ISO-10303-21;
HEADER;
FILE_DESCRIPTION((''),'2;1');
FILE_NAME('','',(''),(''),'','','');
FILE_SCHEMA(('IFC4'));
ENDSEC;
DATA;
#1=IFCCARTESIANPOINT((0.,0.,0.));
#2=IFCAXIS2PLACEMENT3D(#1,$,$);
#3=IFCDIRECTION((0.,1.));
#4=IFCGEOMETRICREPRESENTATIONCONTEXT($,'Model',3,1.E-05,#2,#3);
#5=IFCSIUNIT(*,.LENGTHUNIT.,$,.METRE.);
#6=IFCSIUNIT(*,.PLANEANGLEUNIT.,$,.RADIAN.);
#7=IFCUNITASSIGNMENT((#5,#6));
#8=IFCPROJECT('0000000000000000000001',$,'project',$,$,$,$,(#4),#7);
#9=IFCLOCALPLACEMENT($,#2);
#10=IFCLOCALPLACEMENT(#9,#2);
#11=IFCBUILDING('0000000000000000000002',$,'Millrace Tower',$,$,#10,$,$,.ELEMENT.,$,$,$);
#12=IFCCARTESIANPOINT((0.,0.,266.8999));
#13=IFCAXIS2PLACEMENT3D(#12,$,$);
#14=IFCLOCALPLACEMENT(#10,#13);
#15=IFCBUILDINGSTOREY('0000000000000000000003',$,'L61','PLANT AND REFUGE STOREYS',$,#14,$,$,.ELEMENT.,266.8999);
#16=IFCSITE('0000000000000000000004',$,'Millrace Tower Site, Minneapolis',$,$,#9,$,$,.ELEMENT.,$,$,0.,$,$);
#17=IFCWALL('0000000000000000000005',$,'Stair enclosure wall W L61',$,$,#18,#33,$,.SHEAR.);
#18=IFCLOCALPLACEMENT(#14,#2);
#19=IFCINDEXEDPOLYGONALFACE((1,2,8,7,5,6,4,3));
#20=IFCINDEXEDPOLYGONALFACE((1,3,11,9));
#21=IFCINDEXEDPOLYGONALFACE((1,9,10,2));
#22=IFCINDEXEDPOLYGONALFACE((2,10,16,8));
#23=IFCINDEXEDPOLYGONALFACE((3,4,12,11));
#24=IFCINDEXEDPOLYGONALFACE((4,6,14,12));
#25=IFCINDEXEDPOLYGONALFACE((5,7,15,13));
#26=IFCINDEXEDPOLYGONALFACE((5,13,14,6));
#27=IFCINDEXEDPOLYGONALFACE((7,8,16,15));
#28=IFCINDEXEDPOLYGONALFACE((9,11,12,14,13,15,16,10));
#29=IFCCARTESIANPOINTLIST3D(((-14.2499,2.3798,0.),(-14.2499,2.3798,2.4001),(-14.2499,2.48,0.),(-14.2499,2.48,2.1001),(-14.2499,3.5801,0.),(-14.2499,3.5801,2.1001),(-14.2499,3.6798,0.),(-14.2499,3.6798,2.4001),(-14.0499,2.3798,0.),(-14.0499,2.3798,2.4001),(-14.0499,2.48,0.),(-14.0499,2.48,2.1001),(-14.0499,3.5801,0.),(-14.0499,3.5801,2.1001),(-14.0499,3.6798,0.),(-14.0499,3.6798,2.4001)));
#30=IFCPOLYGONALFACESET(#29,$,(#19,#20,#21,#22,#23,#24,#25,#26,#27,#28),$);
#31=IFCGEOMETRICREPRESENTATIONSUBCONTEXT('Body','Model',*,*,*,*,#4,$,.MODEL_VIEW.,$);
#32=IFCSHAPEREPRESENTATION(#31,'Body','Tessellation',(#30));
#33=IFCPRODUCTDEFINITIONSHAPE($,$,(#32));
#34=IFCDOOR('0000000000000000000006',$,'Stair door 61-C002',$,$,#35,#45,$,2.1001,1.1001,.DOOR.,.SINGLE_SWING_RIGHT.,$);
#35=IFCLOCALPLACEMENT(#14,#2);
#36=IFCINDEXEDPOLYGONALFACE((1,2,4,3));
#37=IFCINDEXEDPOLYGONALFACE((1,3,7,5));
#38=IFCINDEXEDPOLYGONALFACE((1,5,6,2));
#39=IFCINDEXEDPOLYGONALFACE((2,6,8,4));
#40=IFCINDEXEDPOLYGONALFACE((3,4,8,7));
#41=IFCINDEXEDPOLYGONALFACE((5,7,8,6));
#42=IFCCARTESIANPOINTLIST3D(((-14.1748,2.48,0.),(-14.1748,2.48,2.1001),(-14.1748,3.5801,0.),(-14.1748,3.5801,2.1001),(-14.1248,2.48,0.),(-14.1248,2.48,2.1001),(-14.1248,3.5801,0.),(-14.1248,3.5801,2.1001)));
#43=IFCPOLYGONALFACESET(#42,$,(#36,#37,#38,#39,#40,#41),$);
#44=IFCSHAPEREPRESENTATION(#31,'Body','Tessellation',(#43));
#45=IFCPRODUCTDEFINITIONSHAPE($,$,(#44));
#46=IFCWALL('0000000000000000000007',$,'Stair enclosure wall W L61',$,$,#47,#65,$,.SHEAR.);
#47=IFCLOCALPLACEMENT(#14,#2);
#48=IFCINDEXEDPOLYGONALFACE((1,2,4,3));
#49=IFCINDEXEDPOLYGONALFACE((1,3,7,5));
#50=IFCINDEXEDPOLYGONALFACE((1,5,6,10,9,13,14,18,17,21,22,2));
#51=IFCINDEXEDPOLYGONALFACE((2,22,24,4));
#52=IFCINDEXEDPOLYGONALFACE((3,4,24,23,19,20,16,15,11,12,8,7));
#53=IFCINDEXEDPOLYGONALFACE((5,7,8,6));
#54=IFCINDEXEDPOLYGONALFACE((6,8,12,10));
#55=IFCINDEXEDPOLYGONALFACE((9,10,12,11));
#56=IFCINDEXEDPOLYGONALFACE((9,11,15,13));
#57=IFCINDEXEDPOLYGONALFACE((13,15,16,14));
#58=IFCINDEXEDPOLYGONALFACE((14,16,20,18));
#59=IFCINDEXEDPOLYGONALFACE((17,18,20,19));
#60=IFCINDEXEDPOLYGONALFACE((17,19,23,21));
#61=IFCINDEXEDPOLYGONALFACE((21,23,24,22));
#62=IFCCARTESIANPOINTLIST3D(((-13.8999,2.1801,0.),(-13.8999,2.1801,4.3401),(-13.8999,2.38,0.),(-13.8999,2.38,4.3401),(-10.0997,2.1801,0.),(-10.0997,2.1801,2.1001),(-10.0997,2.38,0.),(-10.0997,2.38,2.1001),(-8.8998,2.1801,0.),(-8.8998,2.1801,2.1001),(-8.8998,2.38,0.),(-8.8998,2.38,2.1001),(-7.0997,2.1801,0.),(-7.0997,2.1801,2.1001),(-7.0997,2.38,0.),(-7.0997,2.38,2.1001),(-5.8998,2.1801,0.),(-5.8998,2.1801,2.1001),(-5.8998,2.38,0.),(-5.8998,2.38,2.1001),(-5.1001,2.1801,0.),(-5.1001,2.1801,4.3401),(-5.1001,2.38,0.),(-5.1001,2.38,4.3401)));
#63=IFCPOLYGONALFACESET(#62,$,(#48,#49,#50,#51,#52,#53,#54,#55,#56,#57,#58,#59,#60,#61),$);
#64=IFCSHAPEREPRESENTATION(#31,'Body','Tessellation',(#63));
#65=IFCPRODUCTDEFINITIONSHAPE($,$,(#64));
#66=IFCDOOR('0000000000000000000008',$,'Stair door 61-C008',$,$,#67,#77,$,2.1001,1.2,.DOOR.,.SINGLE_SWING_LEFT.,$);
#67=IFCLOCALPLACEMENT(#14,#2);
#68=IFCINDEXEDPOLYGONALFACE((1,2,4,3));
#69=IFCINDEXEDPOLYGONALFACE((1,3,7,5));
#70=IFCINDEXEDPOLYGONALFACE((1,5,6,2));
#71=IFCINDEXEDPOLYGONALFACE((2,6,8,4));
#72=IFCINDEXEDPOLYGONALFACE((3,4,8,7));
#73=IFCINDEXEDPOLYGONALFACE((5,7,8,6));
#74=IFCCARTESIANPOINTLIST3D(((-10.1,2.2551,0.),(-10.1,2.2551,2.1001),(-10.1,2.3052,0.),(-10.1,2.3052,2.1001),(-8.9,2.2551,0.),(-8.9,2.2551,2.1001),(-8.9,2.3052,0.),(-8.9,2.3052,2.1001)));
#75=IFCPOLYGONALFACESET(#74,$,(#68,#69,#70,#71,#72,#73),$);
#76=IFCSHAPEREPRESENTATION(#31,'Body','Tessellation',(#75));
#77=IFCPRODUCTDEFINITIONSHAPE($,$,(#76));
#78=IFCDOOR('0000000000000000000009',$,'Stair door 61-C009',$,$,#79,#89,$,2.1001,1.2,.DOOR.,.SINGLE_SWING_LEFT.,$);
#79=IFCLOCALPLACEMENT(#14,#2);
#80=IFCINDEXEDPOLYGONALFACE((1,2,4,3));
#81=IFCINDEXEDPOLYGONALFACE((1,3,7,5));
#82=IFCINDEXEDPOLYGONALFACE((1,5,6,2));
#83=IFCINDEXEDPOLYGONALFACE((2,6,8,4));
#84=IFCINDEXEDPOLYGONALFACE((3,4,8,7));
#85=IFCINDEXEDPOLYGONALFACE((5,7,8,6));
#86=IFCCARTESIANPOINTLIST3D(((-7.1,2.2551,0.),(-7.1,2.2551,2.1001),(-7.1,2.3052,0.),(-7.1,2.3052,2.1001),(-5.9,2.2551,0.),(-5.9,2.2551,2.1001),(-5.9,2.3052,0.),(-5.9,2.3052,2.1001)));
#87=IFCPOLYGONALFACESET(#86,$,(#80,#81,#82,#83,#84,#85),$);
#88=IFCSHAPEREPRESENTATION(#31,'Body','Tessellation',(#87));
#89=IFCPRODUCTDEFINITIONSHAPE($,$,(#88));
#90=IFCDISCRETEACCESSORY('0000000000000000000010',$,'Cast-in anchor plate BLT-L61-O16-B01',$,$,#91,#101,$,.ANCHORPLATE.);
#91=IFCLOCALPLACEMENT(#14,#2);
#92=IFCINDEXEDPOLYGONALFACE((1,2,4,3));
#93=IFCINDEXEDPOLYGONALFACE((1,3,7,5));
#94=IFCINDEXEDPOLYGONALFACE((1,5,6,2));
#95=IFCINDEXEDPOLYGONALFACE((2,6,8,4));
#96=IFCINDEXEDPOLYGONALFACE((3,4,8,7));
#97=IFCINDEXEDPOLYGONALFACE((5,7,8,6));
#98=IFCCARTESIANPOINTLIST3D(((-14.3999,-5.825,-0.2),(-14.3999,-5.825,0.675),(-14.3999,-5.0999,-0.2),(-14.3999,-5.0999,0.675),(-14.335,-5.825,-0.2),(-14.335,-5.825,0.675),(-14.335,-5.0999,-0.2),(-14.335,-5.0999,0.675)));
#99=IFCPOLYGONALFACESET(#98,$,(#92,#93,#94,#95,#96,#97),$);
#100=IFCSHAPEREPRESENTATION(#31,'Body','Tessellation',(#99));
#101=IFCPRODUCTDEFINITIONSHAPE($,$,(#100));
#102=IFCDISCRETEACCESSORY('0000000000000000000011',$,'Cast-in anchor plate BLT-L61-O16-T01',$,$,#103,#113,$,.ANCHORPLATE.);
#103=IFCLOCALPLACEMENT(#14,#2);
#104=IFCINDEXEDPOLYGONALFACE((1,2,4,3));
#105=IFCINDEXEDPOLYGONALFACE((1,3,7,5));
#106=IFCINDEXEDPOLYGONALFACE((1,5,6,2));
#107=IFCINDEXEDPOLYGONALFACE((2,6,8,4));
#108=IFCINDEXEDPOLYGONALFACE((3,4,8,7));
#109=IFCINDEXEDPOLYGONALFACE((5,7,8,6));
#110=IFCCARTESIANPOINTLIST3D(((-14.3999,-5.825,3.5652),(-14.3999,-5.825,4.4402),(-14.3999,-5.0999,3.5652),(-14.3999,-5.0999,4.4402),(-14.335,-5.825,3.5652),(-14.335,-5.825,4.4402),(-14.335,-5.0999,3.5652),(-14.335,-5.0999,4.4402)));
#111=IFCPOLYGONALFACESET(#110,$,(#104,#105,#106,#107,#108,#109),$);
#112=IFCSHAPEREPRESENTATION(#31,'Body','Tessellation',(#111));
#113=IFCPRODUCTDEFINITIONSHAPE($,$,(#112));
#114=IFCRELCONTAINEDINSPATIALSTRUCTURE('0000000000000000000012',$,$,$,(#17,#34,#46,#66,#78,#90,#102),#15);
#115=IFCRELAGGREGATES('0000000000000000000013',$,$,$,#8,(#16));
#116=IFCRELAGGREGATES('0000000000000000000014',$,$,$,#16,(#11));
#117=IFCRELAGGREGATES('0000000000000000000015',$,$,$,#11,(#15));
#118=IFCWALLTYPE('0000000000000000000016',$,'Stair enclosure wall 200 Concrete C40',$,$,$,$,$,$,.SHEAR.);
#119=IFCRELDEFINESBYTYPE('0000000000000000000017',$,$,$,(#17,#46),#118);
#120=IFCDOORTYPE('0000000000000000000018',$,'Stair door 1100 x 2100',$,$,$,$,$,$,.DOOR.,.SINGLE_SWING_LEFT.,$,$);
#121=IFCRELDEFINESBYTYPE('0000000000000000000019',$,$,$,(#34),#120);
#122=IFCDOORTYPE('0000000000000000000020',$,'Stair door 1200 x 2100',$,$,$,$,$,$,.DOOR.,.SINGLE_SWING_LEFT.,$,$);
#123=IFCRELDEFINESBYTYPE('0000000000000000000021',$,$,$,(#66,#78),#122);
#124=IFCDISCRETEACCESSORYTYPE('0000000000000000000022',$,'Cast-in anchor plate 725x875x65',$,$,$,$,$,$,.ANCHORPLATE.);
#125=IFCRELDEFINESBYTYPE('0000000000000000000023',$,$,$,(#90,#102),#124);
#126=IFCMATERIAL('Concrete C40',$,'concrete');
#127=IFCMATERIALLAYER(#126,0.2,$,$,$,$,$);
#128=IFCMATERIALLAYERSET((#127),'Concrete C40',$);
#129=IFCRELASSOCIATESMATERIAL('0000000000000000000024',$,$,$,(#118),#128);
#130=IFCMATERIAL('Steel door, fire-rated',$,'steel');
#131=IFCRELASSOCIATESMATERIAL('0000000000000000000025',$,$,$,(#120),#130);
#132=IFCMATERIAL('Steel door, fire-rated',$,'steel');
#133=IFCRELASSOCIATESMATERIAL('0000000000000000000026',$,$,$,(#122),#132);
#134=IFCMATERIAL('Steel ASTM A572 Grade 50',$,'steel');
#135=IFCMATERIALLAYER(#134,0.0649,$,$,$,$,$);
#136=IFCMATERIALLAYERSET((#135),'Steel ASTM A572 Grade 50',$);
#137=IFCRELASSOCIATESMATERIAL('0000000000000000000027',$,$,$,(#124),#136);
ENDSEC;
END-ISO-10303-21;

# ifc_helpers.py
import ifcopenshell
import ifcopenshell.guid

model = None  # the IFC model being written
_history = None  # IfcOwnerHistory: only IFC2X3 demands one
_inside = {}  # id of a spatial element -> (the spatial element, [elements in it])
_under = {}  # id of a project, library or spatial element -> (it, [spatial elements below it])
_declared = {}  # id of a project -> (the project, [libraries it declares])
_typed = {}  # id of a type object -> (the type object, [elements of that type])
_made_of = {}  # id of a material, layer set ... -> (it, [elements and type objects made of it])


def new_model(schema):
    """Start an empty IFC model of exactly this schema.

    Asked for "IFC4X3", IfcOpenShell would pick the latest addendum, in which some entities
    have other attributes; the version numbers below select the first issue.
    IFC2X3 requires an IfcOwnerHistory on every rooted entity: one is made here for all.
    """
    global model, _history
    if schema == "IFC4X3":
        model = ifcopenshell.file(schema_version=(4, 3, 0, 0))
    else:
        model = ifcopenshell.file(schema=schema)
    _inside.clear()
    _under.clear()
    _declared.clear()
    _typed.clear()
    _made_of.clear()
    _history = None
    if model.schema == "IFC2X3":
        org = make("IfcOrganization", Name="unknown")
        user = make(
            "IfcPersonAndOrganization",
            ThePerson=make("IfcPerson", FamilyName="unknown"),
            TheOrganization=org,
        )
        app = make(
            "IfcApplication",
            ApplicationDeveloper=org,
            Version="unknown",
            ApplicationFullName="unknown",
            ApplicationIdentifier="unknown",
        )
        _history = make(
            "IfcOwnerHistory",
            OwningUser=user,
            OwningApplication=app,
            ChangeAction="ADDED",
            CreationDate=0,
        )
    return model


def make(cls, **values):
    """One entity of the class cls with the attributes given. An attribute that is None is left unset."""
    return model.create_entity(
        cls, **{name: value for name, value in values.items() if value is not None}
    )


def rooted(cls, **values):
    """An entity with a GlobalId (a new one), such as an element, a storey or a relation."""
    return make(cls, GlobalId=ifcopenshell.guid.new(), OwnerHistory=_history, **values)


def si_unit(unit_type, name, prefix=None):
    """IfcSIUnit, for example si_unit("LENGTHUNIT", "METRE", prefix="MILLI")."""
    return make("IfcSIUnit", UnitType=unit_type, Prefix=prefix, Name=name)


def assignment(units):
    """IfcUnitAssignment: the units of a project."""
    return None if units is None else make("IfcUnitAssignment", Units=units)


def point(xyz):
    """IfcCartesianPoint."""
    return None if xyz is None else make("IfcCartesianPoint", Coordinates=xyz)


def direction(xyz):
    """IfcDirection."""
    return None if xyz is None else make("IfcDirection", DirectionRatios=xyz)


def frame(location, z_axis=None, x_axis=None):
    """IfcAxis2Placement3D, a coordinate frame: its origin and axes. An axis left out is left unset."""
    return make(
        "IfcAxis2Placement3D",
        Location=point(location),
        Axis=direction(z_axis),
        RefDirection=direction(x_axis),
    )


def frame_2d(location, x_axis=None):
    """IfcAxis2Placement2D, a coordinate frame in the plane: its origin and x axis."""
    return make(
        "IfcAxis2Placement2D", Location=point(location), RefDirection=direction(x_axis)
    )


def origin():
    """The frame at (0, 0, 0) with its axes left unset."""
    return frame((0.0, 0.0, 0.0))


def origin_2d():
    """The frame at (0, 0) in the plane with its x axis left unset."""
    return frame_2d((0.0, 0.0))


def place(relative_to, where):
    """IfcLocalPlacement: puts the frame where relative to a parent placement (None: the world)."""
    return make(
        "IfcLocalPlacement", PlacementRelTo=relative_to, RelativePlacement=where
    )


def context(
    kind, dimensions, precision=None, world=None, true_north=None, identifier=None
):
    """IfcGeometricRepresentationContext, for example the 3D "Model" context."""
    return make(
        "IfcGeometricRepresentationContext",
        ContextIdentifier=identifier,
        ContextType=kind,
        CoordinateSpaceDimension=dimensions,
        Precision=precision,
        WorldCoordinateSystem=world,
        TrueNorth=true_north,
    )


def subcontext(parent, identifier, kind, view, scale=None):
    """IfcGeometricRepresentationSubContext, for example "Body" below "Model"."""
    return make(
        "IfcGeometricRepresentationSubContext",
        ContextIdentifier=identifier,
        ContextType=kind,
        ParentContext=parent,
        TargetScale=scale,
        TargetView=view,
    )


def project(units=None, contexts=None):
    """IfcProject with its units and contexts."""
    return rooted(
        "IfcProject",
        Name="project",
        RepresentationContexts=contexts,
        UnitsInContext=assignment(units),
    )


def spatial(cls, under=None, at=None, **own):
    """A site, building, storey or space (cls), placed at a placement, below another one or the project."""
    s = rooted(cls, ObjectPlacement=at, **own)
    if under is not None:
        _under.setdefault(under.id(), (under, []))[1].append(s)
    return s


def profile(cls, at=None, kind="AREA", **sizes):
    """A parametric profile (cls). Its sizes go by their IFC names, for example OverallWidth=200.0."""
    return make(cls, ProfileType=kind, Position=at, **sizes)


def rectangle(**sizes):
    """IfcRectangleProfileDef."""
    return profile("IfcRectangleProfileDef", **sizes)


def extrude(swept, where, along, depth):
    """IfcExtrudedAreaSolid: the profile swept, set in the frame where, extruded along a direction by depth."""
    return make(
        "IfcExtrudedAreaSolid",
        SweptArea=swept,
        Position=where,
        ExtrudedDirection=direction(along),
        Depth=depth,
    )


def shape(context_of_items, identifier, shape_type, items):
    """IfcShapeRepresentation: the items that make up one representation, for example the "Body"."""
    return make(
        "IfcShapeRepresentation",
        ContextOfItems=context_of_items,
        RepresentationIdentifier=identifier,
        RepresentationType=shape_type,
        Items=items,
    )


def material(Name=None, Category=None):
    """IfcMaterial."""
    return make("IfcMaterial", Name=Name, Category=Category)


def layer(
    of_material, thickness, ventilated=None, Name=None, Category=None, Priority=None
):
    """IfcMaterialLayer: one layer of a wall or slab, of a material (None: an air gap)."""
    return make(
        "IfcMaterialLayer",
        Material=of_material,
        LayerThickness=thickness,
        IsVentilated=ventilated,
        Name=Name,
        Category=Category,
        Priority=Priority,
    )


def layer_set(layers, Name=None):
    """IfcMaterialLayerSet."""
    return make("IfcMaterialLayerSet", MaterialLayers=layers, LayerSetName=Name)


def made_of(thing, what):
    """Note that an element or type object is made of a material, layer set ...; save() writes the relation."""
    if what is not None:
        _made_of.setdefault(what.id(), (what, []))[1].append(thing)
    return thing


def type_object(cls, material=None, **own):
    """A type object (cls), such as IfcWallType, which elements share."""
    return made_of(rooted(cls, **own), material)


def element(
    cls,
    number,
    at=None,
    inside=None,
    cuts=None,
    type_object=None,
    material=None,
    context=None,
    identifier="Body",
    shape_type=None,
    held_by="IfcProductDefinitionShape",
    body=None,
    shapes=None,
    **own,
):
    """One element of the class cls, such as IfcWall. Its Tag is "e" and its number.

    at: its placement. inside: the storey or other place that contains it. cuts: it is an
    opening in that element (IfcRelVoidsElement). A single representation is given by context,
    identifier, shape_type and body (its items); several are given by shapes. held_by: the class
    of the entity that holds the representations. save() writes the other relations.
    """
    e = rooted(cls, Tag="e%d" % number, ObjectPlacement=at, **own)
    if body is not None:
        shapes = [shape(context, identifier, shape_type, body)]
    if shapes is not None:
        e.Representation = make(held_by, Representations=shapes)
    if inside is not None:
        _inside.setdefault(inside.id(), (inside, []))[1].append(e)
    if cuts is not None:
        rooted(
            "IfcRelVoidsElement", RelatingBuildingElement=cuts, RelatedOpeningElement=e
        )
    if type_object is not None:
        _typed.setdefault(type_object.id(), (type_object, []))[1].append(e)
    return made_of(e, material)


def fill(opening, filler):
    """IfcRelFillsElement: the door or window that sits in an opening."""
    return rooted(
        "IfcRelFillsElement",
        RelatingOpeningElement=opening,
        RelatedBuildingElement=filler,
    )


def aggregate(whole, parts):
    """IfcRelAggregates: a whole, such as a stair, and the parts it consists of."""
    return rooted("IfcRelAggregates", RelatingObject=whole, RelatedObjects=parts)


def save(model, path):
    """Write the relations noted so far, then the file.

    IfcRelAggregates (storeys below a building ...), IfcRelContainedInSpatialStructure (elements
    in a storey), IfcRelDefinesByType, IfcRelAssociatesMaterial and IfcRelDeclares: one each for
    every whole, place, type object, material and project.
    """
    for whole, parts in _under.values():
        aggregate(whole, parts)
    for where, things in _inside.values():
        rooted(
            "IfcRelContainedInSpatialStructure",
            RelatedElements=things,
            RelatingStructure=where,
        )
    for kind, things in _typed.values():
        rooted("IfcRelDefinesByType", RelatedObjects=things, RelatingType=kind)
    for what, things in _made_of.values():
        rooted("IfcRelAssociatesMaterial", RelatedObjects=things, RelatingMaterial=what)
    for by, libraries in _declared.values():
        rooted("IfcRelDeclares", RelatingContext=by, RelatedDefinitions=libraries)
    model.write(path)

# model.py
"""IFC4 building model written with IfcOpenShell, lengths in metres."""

from ifc_helpers import new_model, si_unit, direction, frame, frame_2d, origin, origin_2d, place, context, subcontext, project, spatial, rectangle, extrude, material, layer, layer_set, type_object, element, fill, save


model = new_model("IFC4")

# Units and contexts
model_context = context("Model", 3, precision=1e-05, world=origin(), true_north=direction((0.0, 1.0)))
body_context = subcontext(model_context, "Body", "Model", "MODEL_VIEW")
ifc_project = project(units=[si_unit("LENGTHUNIT", "METRE"), si_unit("PLANEANGLEUNIT", "RADIAN")], contexts=[model_context])

# Site, building, storey
site_placement = place(None, origin())
site = spatial("IfcSite", under=ifc_project, at=site_placement, Name="Millrace Tower Site, Minneapolis", CompositionType="ELEMENT", RefElevation=0.0)
building_placement = place(site_placement, origin())
building = spatial("IfcBuilding", under=site, at=building_placement, Name="Millrace Tower", CompositionType="ELEMENT")
storey_placement = place(building_placement, frame((0.0, 0.0, 266.8999)))
storey = spatial("IfcBuildingStorey", under=building, at=storey_placement, Name="L61", Description="PLANT AND REFUGE STOREYS", CompositionType="ELEMENT", Elevation=266.8999)

# Wall, opening, door
ifc_material_1 = material(Name="Concrete C40", Category="concrete")
ifc_layer_1 = layer(ifc_material_1, 0.2)
ifc_layer_set_1 = layer_set([ifc_layer_1], Name="Concrete C40")
wall_type_1 = type_object("IfcWallType", Name="Stair enclosure wall 200 Concrete C40", PredefinedType="SHEAR", material=ifc_layer_set_1)
wall_1_placement = place(storey_placement, frame((-14.1499, 2.3799, 0.0), z_axis=(0.0, 0.0, 1.0), x_axis=(0.0, 1.0, 0.0)))
wall_1 = element("IfcWall", 1, at=wall_1_placement, inside=storey, type_object=wall_type_1, Name="Stair enclosure wall W L61", PredefinedType="SHEAR", context=body_context, shape_type="SweptSolid", body=[
    extrude(rectangle(XDim=1.3, YDim=0.2, at=frame_2d((0.6499, 0.0))), origin(), (0.0, 0.0, 1.0), 2.4001),
])
opening_1_placement = place(wall_1_placement, frame((0.1001, 0.0, 0.0)))
opening_1 = element("IfcOpeningElement", 2, at=opening_1_placement, cuts=wall_1, PredefinedType="OPENING", context=body_context, shape_type="SweptSolid", body=[
    extrude(rectangle(XDim=1.1001, YDim=2.1001, at=frame_2d((0.55, 1.05))), frame((0.0, 0.1099, 0.0), z_axis=(0.0, -1.0, 0.0), x_axis=(1.0, 0.0, 0.0)), (0.0, 0.0, 1.0), 0.22),
])
ifc_material_2 = material(Name="Steel door, fire-rated", Category="steel")
door_type_1 = type_object("IfcDoorType", Name="Stair door 1100 x 2100", OperationType="SINGLE_SWING_LEFT", PredefinedType="DOOR", material=ifc_material_2)
door_1_placement = place(opening_1_placement, origin())
door_1 = element("IfcDoor", 3, at=door_1_placement, inside=storey, type_object=door_type_1, Name="Stair door 61-C002", OperationType="SINGLE_SWING_RIGHT", OverallHeight=2.1001, OverallWidth=1.1001, PredefinedType="DOOR", context=body_context, shape_type="SweptSolid", body=[
    extrude(rectangle(XDim=1.1001, YDim=2.1001, at=frame_2d((0.55, 1.05))), frame((0.0, 0.0249, 0.0), z_axis=(0.0, -1.0, 0.0), x_axis=(1.0, 0.0, 0.0)), (0.0, 0.0, 1.0), 0.05),
])
fill(opening_1, door_1)

# Wall, openings, doors
wall_2_placement = place(storey_placement, frame((-13.8999, 2.28, 0.0), z_axis=(0.0, 0.0, 1.0), x_axis=(1.0, 0.0, 0.0)))
wall_2 = element("IfcWall", 4, at=wall_2_placement, inside=storey, type_object=wall_type_1, Name="Stair enclosure wall W L61", PredefinedType="SHEAR", context=body_context, shape_type="SweptSolid", body=[
    extrude(rectangle(XDim=8.7998, YDim=0.2, at=frame_2d((4.3999, 0.0))), origin(), (0.0, 0.0, 1.0), 4.3401),
])
opening_2_placement = place(wall_2_placement, frame((3.8, 0.0, 0.0)))
opening_2 = element("IfcOpeningElement", 5, at=opening_2_placement, cuts=wall_2, PredefinedType="OPENING", context=body_context, shape_type="SweptSolid", body=[
    extrude(rectangle(XDim=1.2, YDim=2.1001, at=frame_2d((0.6001, 1.05))), frame((0.0, 0.1099, 0.0), z_axis=(0.0, -1.0, 0.0), x_axis=(1.0, 0.0, 0.0)), (0.0, 0.0, 1.0), 0.22),
])
opening_3_placement = place(wall_2_placement, frame((6.8, 0.0, 0.0)))
opening_3 = element("IfcOpeningElement", 6, at=opening_3_placement, cuts=wall_2, PredefinedType="OPENING", context=body_context, shape_type="SweptSolid", body=[
    extrude(rectangle(XDim=1.2, YDim=2.1001, at=frame_2d((0.6001, 1.05))), frame((0.0, 0.1099, 0.0), z_axis=(0.0, -1.0, 0.0), x_axis=(1.0, 0.0, 0.0)), (0.0, 0.0, 1.0), 0.22),
])
ifc_material_3 = material(Name="Steel door, fire-rated", Category="steel")
door_type_2 = type_object("IfcDoorType", Name="Stair door 1200 x 2100", OperationType="SINGLE_SWING_LEFT", PredefinedType="DOOR", material=ifc_material_3)
door_2_placement = place(opening_2_placement, frame((1.2, 0.0, 0.0), z_axis=(0.0, 0.0, 1.0), x_axis=(-1.0, 0.0, 0.0)))
door_2 = element("IfcDoor", 7, at=door_2_placement, inside=storey, type_object=door_type_2, Name="Stair door 61-C008", OperationType="SINGLE_SWING_LEFT", OverallHeight=2.1001, OverallWidth=1.2, PredefinedType="DOOR", context=body_context, shape_type="SweptSolid", body=[
    extrude(rectangle(XDim=1.2, YDim=2.1001, at=frame_2d((0.6001, 1.05))), frame((0.0, 0.0249, 0.0), z_axis=(0.0, -1.0, 0.0), x_axis=(1.0, 0.0, 0.0)), (0.0, 0.0, 1.0), 0.05),
])
fill(opening_2, door_2)
door_3_placement = place(opening_3_placement, frame((1.2, 0.0, 0.0), z_axis=(0.0, 0.0, 1.0), x_axis=(-1.0, 0.0, 0.0)))
door_3 = element("IfcDoor", 8, at=door_3_placement, inside=storey, type_object=door_type_2, Name="Stair door 61-C009", OperationType="SINGLE_SWING_LEFT", OverallHeight=2.1001, OverallWidth=1.2, PredefinedType="DOOR", context=body_context, shape_type="SweptSolid", body=[
    extrude(rectangle(XDim=1.2, YDim=2.1001, at=frame_2d((0.6001, 1.05))), frame((0.0, 0.0249, 0.0), z_axis=(0.0, -1.0, 0.0), x_axis=(1.0, 0.0, 0.0)), (0.0, 0.0, 1.0), 0.05),
])
fill(opening_3, door_3)

# Discrete accessories
ifc_material_4 = material(Name="Steel ASTM A572 Grade 50", Category="steel")
ifc_layer_2 = layer(ifc_material_4, 0.0649)
ifc_layer_set_2 = layer_set([ifc_layer_2], Name="Steel ASTM A572 Grade 50")
discrete_accessory_type = type_object("IfcDiscreteAccessoryType", Name="Cast-in anchor plate 725x875x65", PredefinedType="ANCHORPLATE", material=ifc_layer_set_2)
for number, where, z_axis, x_axis, name in (
    (9, (-14.335, -5.4624, 0.2375), (-1.0, 0.0, 0.0), (0.0, -1.0, 0.0), "Cast-in anchor plate BLT-L61-O16-B01"),
    (10, (-14.335, -5.4624, 4.0027), (-1.0, 0.0, 0.0), (0.0, -1.0, 0.0), "Cast-in anchor plate BLT-L61-O16-T01"),
):
    element("IfcDiscreteAccessory", number, at=place(storey_placement, frame(where, z_axis=z_axis, x_axis=x_axis)), inside=storey, type_object=discrete_accessory_type, Name=name, PredefinedType="ANCHORPLATE", context=body_context, shape_type="SweptSolid", body=[
        extrude(rectangle(XDim=0.7251, YDim=0.875, at=origin_2d()), origin(), (0.0, 0.0, 1.0), 0.0649),
    ])

save(model, "model.ifc")
